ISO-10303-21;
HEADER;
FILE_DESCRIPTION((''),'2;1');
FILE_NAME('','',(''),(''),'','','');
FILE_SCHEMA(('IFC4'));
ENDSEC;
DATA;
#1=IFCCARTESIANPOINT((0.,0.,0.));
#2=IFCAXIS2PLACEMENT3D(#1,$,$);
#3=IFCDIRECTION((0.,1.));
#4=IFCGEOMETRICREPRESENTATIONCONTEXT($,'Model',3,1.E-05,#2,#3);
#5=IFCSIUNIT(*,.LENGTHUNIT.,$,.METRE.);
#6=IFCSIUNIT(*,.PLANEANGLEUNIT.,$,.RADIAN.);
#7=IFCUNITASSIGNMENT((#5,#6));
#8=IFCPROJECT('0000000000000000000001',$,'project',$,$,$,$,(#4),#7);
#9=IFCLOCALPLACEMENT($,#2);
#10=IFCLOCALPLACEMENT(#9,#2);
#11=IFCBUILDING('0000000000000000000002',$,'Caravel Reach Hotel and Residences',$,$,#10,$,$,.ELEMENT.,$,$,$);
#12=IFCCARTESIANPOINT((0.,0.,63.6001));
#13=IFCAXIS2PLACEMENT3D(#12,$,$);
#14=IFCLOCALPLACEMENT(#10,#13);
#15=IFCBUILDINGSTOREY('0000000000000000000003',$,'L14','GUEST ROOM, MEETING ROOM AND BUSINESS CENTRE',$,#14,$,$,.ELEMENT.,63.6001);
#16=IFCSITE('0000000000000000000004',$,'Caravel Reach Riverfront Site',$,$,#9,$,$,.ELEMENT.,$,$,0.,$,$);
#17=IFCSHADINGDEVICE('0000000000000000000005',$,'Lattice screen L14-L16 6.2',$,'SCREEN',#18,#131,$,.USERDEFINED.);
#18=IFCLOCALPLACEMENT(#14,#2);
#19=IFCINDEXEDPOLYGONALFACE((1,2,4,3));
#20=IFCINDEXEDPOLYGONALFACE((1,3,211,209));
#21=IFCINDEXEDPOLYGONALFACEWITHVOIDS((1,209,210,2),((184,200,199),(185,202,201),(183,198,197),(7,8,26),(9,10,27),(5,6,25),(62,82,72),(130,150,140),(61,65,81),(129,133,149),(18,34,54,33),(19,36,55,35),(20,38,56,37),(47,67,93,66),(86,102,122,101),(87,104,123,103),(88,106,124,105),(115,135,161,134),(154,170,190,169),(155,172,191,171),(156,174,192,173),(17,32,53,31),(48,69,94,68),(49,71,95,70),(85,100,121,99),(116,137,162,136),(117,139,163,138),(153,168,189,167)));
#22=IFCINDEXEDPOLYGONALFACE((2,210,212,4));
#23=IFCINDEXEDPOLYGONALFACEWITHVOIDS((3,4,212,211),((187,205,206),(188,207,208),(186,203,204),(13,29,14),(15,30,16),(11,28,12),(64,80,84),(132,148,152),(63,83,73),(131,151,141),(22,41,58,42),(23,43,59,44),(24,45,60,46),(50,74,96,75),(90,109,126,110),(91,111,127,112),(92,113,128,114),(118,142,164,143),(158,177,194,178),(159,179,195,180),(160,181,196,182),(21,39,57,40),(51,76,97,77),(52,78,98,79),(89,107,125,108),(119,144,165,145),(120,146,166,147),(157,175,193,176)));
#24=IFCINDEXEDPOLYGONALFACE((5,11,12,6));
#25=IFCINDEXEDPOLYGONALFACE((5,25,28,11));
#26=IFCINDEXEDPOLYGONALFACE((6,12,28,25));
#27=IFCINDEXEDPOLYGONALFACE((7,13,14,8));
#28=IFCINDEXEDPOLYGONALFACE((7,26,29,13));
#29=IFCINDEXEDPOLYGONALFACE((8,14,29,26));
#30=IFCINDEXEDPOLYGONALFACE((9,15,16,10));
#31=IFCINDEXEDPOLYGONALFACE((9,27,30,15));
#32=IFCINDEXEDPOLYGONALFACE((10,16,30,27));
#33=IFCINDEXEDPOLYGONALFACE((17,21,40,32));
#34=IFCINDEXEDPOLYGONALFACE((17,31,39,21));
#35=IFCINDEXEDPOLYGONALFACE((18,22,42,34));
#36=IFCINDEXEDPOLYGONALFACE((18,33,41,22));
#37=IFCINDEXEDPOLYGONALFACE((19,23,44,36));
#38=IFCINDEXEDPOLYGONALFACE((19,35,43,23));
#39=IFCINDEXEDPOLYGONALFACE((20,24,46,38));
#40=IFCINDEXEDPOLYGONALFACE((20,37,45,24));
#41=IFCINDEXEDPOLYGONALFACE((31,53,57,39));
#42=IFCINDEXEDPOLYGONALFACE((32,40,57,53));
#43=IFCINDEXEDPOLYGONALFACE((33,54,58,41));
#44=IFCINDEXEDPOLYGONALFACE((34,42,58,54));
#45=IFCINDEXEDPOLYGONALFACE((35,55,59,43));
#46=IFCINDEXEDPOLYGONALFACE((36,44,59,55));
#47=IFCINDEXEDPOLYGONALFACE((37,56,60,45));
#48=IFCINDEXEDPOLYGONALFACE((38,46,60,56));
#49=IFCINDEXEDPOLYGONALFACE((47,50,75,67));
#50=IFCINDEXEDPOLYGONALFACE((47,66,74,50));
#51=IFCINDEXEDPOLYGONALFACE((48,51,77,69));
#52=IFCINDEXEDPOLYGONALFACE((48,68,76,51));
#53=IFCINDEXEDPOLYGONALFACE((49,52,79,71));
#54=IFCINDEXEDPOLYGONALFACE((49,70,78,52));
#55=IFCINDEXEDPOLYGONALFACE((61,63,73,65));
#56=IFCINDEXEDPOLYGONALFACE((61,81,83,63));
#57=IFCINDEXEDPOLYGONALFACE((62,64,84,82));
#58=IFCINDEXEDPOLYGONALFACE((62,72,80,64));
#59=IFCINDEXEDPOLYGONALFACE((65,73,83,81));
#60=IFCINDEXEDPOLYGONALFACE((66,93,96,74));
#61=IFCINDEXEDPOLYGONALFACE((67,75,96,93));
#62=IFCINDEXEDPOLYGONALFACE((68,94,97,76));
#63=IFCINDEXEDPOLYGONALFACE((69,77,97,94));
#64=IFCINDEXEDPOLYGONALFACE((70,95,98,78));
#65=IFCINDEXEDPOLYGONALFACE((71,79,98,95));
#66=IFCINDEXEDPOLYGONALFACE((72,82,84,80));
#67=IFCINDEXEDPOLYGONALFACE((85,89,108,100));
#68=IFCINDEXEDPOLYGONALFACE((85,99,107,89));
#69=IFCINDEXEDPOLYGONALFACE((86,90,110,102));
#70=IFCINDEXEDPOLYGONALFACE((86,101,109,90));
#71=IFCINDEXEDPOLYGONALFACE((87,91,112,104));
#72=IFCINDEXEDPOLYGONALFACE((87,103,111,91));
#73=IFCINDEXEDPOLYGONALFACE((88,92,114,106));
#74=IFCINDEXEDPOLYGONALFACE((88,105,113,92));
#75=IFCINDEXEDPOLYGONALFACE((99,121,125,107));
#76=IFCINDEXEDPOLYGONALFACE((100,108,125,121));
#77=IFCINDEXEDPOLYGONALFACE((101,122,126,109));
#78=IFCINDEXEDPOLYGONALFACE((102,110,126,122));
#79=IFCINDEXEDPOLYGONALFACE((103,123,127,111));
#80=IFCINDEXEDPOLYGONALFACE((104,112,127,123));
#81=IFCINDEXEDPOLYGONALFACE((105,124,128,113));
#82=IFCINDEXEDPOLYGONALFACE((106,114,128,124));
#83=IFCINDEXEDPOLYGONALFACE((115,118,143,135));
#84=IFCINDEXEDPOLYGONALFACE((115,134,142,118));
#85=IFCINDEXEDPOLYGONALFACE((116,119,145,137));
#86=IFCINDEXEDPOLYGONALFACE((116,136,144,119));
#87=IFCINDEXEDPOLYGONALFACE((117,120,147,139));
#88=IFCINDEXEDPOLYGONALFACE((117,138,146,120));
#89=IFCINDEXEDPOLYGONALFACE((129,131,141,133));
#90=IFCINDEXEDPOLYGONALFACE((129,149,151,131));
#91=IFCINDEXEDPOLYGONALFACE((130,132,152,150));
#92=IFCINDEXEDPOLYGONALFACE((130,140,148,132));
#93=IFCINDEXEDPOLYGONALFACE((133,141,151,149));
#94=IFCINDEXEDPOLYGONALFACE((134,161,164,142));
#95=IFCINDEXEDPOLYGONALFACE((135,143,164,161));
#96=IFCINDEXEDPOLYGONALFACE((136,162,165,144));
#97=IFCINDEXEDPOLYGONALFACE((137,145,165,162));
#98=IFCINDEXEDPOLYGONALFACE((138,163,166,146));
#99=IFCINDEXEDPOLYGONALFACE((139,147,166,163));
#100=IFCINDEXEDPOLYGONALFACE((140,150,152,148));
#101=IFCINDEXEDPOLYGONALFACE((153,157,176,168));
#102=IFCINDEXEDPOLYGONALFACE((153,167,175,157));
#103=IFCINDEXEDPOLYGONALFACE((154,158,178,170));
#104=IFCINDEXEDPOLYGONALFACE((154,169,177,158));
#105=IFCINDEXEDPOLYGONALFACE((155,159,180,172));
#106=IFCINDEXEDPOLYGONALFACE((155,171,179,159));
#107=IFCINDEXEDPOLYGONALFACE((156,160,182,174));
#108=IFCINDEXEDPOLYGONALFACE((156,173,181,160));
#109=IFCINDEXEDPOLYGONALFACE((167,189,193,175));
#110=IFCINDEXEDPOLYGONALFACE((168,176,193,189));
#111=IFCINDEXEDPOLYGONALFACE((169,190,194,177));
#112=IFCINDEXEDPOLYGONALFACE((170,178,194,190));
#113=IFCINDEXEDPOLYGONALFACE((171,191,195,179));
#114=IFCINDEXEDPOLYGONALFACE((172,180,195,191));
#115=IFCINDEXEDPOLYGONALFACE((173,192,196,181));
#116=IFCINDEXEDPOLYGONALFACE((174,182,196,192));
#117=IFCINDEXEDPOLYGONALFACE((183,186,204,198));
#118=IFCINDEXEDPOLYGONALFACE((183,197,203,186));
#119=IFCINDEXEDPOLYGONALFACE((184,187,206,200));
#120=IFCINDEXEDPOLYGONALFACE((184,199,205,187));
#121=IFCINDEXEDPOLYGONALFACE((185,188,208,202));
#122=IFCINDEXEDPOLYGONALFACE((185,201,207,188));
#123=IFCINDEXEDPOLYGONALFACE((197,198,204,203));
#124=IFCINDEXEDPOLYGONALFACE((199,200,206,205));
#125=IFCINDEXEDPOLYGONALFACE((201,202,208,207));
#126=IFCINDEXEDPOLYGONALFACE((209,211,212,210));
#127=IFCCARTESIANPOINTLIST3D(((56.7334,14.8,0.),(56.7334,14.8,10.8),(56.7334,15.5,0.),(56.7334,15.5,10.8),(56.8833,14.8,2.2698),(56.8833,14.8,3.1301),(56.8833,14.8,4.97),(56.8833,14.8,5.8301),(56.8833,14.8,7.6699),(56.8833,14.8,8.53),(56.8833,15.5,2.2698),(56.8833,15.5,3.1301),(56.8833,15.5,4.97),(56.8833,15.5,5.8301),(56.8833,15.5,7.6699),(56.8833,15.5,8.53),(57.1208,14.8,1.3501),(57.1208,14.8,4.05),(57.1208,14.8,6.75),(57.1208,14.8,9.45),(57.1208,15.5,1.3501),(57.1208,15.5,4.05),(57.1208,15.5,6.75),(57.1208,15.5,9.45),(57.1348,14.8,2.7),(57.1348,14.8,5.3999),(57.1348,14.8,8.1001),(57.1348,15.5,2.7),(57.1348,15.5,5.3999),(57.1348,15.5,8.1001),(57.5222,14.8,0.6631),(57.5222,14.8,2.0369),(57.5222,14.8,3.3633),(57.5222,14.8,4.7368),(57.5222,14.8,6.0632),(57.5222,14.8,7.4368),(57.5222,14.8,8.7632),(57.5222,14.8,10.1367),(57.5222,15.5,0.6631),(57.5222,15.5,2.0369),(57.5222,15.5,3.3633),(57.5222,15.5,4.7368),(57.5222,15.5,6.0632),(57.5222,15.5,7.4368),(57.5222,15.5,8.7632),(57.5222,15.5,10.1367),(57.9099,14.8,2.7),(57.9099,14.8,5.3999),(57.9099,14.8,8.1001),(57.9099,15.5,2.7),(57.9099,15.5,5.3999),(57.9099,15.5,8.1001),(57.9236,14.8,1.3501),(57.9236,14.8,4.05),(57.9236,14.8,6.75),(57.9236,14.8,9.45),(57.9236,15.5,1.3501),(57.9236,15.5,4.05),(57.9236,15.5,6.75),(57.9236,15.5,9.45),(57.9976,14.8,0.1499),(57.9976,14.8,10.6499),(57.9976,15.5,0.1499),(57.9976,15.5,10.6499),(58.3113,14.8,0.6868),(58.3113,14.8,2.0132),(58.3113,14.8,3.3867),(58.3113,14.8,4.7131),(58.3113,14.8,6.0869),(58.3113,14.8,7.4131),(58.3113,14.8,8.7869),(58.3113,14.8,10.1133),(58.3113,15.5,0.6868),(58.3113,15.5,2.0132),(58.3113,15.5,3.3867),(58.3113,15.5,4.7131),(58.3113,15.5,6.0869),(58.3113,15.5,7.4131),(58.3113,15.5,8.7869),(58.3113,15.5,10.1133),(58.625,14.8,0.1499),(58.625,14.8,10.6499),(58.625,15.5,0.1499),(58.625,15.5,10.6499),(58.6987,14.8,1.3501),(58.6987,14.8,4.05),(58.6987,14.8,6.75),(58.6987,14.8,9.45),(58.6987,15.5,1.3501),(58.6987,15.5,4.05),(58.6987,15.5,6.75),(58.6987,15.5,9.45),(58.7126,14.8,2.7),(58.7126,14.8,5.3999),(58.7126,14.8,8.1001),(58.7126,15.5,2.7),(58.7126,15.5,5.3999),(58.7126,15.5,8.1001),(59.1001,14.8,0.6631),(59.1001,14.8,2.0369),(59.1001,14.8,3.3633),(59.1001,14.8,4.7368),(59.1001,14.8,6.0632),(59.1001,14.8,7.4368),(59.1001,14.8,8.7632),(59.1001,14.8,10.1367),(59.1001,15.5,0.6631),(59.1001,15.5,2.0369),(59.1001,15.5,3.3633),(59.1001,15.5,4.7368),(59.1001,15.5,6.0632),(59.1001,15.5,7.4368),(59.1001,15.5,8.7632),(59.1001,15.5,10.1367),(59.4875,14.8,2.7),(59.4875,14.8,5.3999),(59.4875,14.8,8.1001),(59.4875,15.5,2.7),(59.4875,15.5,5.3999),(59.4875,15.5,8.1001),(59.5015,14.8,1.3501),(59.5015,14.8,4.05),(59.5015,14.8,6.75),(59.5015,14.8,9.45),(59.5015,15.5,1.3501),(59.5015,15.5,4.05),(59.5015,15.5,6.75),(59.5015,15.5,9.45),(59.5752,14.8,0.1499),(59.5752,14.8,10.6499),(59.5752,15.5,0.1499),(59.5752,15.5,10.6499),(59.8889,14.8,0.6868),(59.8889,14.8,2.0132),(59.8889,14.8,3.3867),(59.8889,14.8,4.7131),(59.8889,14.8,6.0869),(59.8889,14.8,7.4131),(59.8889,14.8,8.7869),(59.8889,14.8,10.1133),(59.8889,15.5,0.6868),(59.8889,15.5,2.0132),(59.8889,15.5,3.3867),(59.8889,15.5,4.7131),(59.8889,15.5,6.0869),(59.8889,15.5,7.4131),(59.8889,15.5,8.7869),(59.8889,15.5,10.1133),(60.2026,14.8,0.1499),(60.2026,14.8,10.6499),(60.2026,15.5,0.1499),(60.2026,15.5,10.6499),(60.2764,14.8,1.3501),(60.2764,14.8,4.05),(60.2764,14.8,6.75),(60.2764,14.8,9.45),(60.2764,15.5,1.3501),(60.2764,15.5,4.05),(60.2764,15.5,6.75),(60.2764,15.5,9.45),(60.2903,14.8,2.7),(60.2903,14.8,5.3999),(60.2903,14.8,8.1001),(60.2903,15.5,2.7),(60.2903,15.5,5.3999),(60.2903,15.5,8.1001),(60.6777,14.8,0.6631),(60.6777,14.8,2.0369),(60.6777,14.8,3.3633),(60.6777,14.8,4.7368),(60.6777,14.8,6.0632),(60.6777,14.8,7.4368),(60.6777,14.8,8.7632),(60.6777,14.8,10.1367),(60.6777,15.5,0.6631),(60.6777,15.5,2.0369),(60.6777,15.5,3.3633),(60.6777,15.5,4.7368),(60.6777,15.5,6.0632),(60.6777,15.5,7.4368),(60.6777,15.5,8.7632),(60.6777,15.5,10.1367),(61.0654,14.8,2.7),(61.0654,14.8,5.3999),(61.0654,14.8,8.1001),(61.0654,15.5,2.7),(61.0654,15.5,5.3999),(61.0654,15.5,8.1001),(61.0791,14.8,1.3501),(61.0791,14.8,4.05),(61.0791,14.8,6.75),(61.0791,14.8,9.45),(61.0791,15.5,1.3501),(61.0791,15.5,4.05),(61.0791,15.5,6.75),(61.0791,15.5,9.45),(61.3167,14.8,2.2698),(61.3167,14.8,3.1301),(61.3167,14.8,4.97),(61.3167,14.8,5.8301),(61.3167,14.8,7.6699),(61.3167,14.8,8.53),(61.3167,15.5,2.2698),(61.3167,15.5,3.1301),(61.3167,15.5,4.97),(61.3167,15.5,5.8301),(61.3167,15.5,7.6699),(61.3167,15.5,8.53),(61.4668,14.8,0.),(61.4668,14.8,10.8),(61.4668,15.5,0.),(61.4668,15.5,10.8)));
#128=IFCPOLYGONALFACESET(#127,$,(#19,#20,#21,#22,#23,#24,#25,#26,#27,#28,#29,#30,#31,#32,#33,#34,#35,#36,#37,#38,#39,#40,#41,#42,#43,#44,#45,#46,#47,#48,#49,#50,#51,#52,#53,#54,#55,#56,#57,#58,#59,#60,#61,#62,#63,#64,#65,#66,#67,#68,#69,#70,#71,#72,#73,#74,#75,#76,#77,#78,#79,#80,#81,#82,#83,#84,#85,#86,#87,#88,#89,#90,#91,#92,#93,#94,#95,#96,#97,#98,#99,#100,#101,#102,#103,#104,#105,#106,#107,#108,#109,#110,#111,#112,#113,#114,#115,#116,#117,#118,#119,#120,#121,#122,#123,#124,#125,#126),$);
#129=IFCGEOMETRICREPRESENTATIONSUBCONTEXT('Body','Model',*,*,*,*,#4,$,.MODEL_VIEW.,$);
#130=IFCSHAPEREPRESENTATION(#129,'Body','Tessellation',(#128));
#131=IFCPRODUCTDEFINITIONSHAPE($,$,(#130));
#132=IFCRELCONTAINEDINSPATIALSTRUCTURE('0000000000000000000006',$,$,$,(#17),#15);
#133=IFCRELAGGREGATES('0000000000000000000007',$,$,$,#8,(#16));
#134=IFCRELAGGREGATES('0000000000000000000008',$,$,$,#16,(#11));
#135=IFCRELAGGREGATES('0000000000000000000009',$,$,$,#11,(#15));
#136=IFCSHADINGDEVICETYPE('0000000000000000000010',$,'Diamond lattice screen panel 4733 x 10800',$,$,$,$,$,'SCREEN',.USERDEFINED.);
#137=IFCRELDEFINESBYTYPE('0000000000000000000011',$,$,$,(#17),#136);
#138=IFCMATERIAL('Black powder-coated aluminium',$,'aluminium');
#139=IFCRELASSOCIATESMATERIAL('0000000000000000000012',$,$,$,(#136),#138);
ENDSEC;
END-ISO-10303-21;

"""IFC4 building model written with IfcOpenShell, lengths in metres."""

from ifc_helpers import new_model, si_unit, direction, frame, origin, place, context, subcontext, project, spatial, polyline, outline, extrude, material, type_object, element, save


model = new_model("IFC4")

# Units and contexts
model_context = context("Model", 3, precision=1e-05, world=origin(), true_north=direction((0.0, 1.0)))
body_context = subcontext(model_context, "Body", "Model", "MODEL_VIEW")
ifc_project = project(units=[si_unit("LENGTHUNIT", "METRE"), si_unit("PLANEANGLEUNIT", "RADIAN")], contexts=[model_context])

# Site, building, storey
site_placement = place(None, origin())
site = spatial("IfcSite", under=ifc_project, at=site_placement, Name="Caravel Reach Riverfront Site", CompositionType="ELEMENT", RefElevation=0.0)
building_placement = place(site_placement, origin())
building = spatial("IfcBuilding", under=site, at=building_placement, Name="Caravel Reach Hotel and Residences", CompositionType="ELEMENT")
storey_placement = place(building_placement, frame((0.0, 0.0, 63.6001)))
storey = spatial("IfcBuildingStorey", under=building, at=storey_placement, Name="L14", Description="GUEST ROOM, MEETING ROOM AND BUSINESS CENTRE", CompositionType="ELEMENT", Elevation=63.6001)

# Shading device
ifc_material_1 = material(Name="Black powder-coated aluminium", Category="aluminium")
shading_device_type_1 = type_object("IfcShadingDeviceType", Name="Diamond lattice screen panel 4733 x 10800", ElementType="SCREEN", PredefinedType="USERDEFINED", material=ifc_material_1)
shading_device_1_placement = place(storey_placement, frame((56.7334, 15.5, 0.0), z_axis=(0.0, -1.0, 0.0), x_axis=(1.0, 0.0, 0.0)))
element("IfcShadingDevice", 1, at=shading_device_1_placement, inside=storey, type_object=shading_device_type_1, Name="Lattice screen L14-L16 6.2", ObjectType="SCREEN", PredefinedType="USERDEFINED", context=body_context, shape_type="SweptSolid", body=[
    extrude(outline(polyline([(0.0, 0.0), (4.7334, 0.0), (4.7334, 10.8), (0.0, 10.8), (0.0, 0.0)]), holes=[polyline([(0.4014, 2.7), (0.1499, 3.1301), (0.1499, 2.2698), (0.4014, 2.7)]), polyline([(0.4014, 5.3999), (0.1499, 5.8301), (0.1499, 4.97), (0.4014, 5.3999)]), polyline([(0.4014, 8.1001), (0.1499, 8.53), (0.1499, 7.6699), (0.4014, 8.1001)]), polyline([(0.7888, 2.0369), (0.3875, 1.3501), (0.7888, 0.6631), (1.1902, 1.3501), (0.7888, 2.0369)]), polyline([(0.7888, 4.7368), (0.3875, 4.05), (0.7888, 3.3633), (1.1902, 4.05), (0.7888, 4.7368)]), polyline([(0.7888, 7.4368), (0.3875, 6.75), (0.7888, 6.0632), (1.1902, 6.75), (0.7888, 7.4368)]), polyline([(0.7888, 10.1367), (0.3875, 9.45), (0.7888, 8.7632), (1.1902, 9.45), (0.7888, 10.1367)]), polyline([(1.5779, 0.6868), (1.2642, 0.1499), (1.8916, 0.1499), (1.5779, 0.6868)]), polyline([(1.5779, 3.3867), (1.1765, 2.7), (1.5779, 2.0132), (1.9792, 2.7), (1.5779, 3.3867)]), polyline([(1.5779, 6.0869), (1.1765, 5.3999), (1.5779, 4.7131), (1.9792, 5.3999), (1.5779, 6.0869)]), polyline([(1.5779, 8.7869), (1.1765, 8.1001), (1.5779, 7.4131), (1.9792, 8.1001), (1.5779, 8.7869)]), polyline([(1.5779, 10.1133), (1.8916, 10.6499), (1.2642, 10.6499), (1.5779, 10.1133)]), polyline([(2.3667, 2.0369), (1.9653, 1.3501), (2.3667, 0.6631), (2.7681, 1.3501), (2.3667, 2.0369)]), polyline([(2.3667, 4.7368), (1.9653, 4.05), (2.3667, 3.3633), (2.7681, 4.05), (2.3667, 4.7368)]), polyline([(2.3667, 7.4368), (1.9653, 6.75), (2.3667, 6.0632), (2.7681, 6.75), (2.3667, 7.4368)]), polyline([(2.3667, 10.1367), (1.9653, 9.45), (2.3667, 8.7632), (2.7681, 9.45), (2.3667, 10.1367)]), polyline([(3.1555, 0.6868), (2.8418, 0.1499), (3.4692, 0.1499), (3.1555, 0.6868)]), polyline([(3.1555, 3.3867), (2.7542, 2.7), (3.1555, 2.0132), (3.5569, 2.7), (3.1555, 3.3867)]), polyline([(3.1555, 6.0869), (2.7542, 5.3999), (3.1555, 4.7131), (3.5569, 5.3999), (3.1555, 6.0869)]), polyline([(3.1555, 8.7869), (2.7542, 8.1001), (3.1555, 7.4131), (3.5569, 8.1001), (3.1555, 8.7869)]), polyline([(3.1555, 10.1133), (3.4692, 10.6499), (2.8418, 10.6499), (3.1555, 10.1133)]), polyline([(3.9443, 2.0369), (3.543, 1.3501), (3.9443, 0.6631), (4.3457, 1.3501), (3.9443, 2.0369)]), polyline([(3.9443, 4.7368), (3.543, 4.05), (3.9443, 3.3633), (4.3457, 4.05), (3.9443, 4.7368)]), polyline([(3.9443, 7.4368), (3.543, 6.75), (3.9443, 6.0632), (4.3457, 6.75), (3.9443, 7.4368)]), polyline([(3.9443, 10.1367), (3.543, 9.45), (3.9443, 8.7632), (4.3457, 9.45), (3.9443, 10.1367)]), polyline([(4.332, 2.7), (4.5833, 2.2698), (4.5833, 3.1301), (4.332, 2.7)]), polyline([(4.332, 5.3999), (4.5833, 4.97), (4.5833, 5.8301), (4.332, 5.3999)]), polyline([(4.332, 8.1001), (4.5833, 7.6699), (4.5833, 8.53), (4.332, 8.1001)])]), origin(), (0.0, 0.0, 1.0), 0.7),
])

save(model, "model.ifc")
